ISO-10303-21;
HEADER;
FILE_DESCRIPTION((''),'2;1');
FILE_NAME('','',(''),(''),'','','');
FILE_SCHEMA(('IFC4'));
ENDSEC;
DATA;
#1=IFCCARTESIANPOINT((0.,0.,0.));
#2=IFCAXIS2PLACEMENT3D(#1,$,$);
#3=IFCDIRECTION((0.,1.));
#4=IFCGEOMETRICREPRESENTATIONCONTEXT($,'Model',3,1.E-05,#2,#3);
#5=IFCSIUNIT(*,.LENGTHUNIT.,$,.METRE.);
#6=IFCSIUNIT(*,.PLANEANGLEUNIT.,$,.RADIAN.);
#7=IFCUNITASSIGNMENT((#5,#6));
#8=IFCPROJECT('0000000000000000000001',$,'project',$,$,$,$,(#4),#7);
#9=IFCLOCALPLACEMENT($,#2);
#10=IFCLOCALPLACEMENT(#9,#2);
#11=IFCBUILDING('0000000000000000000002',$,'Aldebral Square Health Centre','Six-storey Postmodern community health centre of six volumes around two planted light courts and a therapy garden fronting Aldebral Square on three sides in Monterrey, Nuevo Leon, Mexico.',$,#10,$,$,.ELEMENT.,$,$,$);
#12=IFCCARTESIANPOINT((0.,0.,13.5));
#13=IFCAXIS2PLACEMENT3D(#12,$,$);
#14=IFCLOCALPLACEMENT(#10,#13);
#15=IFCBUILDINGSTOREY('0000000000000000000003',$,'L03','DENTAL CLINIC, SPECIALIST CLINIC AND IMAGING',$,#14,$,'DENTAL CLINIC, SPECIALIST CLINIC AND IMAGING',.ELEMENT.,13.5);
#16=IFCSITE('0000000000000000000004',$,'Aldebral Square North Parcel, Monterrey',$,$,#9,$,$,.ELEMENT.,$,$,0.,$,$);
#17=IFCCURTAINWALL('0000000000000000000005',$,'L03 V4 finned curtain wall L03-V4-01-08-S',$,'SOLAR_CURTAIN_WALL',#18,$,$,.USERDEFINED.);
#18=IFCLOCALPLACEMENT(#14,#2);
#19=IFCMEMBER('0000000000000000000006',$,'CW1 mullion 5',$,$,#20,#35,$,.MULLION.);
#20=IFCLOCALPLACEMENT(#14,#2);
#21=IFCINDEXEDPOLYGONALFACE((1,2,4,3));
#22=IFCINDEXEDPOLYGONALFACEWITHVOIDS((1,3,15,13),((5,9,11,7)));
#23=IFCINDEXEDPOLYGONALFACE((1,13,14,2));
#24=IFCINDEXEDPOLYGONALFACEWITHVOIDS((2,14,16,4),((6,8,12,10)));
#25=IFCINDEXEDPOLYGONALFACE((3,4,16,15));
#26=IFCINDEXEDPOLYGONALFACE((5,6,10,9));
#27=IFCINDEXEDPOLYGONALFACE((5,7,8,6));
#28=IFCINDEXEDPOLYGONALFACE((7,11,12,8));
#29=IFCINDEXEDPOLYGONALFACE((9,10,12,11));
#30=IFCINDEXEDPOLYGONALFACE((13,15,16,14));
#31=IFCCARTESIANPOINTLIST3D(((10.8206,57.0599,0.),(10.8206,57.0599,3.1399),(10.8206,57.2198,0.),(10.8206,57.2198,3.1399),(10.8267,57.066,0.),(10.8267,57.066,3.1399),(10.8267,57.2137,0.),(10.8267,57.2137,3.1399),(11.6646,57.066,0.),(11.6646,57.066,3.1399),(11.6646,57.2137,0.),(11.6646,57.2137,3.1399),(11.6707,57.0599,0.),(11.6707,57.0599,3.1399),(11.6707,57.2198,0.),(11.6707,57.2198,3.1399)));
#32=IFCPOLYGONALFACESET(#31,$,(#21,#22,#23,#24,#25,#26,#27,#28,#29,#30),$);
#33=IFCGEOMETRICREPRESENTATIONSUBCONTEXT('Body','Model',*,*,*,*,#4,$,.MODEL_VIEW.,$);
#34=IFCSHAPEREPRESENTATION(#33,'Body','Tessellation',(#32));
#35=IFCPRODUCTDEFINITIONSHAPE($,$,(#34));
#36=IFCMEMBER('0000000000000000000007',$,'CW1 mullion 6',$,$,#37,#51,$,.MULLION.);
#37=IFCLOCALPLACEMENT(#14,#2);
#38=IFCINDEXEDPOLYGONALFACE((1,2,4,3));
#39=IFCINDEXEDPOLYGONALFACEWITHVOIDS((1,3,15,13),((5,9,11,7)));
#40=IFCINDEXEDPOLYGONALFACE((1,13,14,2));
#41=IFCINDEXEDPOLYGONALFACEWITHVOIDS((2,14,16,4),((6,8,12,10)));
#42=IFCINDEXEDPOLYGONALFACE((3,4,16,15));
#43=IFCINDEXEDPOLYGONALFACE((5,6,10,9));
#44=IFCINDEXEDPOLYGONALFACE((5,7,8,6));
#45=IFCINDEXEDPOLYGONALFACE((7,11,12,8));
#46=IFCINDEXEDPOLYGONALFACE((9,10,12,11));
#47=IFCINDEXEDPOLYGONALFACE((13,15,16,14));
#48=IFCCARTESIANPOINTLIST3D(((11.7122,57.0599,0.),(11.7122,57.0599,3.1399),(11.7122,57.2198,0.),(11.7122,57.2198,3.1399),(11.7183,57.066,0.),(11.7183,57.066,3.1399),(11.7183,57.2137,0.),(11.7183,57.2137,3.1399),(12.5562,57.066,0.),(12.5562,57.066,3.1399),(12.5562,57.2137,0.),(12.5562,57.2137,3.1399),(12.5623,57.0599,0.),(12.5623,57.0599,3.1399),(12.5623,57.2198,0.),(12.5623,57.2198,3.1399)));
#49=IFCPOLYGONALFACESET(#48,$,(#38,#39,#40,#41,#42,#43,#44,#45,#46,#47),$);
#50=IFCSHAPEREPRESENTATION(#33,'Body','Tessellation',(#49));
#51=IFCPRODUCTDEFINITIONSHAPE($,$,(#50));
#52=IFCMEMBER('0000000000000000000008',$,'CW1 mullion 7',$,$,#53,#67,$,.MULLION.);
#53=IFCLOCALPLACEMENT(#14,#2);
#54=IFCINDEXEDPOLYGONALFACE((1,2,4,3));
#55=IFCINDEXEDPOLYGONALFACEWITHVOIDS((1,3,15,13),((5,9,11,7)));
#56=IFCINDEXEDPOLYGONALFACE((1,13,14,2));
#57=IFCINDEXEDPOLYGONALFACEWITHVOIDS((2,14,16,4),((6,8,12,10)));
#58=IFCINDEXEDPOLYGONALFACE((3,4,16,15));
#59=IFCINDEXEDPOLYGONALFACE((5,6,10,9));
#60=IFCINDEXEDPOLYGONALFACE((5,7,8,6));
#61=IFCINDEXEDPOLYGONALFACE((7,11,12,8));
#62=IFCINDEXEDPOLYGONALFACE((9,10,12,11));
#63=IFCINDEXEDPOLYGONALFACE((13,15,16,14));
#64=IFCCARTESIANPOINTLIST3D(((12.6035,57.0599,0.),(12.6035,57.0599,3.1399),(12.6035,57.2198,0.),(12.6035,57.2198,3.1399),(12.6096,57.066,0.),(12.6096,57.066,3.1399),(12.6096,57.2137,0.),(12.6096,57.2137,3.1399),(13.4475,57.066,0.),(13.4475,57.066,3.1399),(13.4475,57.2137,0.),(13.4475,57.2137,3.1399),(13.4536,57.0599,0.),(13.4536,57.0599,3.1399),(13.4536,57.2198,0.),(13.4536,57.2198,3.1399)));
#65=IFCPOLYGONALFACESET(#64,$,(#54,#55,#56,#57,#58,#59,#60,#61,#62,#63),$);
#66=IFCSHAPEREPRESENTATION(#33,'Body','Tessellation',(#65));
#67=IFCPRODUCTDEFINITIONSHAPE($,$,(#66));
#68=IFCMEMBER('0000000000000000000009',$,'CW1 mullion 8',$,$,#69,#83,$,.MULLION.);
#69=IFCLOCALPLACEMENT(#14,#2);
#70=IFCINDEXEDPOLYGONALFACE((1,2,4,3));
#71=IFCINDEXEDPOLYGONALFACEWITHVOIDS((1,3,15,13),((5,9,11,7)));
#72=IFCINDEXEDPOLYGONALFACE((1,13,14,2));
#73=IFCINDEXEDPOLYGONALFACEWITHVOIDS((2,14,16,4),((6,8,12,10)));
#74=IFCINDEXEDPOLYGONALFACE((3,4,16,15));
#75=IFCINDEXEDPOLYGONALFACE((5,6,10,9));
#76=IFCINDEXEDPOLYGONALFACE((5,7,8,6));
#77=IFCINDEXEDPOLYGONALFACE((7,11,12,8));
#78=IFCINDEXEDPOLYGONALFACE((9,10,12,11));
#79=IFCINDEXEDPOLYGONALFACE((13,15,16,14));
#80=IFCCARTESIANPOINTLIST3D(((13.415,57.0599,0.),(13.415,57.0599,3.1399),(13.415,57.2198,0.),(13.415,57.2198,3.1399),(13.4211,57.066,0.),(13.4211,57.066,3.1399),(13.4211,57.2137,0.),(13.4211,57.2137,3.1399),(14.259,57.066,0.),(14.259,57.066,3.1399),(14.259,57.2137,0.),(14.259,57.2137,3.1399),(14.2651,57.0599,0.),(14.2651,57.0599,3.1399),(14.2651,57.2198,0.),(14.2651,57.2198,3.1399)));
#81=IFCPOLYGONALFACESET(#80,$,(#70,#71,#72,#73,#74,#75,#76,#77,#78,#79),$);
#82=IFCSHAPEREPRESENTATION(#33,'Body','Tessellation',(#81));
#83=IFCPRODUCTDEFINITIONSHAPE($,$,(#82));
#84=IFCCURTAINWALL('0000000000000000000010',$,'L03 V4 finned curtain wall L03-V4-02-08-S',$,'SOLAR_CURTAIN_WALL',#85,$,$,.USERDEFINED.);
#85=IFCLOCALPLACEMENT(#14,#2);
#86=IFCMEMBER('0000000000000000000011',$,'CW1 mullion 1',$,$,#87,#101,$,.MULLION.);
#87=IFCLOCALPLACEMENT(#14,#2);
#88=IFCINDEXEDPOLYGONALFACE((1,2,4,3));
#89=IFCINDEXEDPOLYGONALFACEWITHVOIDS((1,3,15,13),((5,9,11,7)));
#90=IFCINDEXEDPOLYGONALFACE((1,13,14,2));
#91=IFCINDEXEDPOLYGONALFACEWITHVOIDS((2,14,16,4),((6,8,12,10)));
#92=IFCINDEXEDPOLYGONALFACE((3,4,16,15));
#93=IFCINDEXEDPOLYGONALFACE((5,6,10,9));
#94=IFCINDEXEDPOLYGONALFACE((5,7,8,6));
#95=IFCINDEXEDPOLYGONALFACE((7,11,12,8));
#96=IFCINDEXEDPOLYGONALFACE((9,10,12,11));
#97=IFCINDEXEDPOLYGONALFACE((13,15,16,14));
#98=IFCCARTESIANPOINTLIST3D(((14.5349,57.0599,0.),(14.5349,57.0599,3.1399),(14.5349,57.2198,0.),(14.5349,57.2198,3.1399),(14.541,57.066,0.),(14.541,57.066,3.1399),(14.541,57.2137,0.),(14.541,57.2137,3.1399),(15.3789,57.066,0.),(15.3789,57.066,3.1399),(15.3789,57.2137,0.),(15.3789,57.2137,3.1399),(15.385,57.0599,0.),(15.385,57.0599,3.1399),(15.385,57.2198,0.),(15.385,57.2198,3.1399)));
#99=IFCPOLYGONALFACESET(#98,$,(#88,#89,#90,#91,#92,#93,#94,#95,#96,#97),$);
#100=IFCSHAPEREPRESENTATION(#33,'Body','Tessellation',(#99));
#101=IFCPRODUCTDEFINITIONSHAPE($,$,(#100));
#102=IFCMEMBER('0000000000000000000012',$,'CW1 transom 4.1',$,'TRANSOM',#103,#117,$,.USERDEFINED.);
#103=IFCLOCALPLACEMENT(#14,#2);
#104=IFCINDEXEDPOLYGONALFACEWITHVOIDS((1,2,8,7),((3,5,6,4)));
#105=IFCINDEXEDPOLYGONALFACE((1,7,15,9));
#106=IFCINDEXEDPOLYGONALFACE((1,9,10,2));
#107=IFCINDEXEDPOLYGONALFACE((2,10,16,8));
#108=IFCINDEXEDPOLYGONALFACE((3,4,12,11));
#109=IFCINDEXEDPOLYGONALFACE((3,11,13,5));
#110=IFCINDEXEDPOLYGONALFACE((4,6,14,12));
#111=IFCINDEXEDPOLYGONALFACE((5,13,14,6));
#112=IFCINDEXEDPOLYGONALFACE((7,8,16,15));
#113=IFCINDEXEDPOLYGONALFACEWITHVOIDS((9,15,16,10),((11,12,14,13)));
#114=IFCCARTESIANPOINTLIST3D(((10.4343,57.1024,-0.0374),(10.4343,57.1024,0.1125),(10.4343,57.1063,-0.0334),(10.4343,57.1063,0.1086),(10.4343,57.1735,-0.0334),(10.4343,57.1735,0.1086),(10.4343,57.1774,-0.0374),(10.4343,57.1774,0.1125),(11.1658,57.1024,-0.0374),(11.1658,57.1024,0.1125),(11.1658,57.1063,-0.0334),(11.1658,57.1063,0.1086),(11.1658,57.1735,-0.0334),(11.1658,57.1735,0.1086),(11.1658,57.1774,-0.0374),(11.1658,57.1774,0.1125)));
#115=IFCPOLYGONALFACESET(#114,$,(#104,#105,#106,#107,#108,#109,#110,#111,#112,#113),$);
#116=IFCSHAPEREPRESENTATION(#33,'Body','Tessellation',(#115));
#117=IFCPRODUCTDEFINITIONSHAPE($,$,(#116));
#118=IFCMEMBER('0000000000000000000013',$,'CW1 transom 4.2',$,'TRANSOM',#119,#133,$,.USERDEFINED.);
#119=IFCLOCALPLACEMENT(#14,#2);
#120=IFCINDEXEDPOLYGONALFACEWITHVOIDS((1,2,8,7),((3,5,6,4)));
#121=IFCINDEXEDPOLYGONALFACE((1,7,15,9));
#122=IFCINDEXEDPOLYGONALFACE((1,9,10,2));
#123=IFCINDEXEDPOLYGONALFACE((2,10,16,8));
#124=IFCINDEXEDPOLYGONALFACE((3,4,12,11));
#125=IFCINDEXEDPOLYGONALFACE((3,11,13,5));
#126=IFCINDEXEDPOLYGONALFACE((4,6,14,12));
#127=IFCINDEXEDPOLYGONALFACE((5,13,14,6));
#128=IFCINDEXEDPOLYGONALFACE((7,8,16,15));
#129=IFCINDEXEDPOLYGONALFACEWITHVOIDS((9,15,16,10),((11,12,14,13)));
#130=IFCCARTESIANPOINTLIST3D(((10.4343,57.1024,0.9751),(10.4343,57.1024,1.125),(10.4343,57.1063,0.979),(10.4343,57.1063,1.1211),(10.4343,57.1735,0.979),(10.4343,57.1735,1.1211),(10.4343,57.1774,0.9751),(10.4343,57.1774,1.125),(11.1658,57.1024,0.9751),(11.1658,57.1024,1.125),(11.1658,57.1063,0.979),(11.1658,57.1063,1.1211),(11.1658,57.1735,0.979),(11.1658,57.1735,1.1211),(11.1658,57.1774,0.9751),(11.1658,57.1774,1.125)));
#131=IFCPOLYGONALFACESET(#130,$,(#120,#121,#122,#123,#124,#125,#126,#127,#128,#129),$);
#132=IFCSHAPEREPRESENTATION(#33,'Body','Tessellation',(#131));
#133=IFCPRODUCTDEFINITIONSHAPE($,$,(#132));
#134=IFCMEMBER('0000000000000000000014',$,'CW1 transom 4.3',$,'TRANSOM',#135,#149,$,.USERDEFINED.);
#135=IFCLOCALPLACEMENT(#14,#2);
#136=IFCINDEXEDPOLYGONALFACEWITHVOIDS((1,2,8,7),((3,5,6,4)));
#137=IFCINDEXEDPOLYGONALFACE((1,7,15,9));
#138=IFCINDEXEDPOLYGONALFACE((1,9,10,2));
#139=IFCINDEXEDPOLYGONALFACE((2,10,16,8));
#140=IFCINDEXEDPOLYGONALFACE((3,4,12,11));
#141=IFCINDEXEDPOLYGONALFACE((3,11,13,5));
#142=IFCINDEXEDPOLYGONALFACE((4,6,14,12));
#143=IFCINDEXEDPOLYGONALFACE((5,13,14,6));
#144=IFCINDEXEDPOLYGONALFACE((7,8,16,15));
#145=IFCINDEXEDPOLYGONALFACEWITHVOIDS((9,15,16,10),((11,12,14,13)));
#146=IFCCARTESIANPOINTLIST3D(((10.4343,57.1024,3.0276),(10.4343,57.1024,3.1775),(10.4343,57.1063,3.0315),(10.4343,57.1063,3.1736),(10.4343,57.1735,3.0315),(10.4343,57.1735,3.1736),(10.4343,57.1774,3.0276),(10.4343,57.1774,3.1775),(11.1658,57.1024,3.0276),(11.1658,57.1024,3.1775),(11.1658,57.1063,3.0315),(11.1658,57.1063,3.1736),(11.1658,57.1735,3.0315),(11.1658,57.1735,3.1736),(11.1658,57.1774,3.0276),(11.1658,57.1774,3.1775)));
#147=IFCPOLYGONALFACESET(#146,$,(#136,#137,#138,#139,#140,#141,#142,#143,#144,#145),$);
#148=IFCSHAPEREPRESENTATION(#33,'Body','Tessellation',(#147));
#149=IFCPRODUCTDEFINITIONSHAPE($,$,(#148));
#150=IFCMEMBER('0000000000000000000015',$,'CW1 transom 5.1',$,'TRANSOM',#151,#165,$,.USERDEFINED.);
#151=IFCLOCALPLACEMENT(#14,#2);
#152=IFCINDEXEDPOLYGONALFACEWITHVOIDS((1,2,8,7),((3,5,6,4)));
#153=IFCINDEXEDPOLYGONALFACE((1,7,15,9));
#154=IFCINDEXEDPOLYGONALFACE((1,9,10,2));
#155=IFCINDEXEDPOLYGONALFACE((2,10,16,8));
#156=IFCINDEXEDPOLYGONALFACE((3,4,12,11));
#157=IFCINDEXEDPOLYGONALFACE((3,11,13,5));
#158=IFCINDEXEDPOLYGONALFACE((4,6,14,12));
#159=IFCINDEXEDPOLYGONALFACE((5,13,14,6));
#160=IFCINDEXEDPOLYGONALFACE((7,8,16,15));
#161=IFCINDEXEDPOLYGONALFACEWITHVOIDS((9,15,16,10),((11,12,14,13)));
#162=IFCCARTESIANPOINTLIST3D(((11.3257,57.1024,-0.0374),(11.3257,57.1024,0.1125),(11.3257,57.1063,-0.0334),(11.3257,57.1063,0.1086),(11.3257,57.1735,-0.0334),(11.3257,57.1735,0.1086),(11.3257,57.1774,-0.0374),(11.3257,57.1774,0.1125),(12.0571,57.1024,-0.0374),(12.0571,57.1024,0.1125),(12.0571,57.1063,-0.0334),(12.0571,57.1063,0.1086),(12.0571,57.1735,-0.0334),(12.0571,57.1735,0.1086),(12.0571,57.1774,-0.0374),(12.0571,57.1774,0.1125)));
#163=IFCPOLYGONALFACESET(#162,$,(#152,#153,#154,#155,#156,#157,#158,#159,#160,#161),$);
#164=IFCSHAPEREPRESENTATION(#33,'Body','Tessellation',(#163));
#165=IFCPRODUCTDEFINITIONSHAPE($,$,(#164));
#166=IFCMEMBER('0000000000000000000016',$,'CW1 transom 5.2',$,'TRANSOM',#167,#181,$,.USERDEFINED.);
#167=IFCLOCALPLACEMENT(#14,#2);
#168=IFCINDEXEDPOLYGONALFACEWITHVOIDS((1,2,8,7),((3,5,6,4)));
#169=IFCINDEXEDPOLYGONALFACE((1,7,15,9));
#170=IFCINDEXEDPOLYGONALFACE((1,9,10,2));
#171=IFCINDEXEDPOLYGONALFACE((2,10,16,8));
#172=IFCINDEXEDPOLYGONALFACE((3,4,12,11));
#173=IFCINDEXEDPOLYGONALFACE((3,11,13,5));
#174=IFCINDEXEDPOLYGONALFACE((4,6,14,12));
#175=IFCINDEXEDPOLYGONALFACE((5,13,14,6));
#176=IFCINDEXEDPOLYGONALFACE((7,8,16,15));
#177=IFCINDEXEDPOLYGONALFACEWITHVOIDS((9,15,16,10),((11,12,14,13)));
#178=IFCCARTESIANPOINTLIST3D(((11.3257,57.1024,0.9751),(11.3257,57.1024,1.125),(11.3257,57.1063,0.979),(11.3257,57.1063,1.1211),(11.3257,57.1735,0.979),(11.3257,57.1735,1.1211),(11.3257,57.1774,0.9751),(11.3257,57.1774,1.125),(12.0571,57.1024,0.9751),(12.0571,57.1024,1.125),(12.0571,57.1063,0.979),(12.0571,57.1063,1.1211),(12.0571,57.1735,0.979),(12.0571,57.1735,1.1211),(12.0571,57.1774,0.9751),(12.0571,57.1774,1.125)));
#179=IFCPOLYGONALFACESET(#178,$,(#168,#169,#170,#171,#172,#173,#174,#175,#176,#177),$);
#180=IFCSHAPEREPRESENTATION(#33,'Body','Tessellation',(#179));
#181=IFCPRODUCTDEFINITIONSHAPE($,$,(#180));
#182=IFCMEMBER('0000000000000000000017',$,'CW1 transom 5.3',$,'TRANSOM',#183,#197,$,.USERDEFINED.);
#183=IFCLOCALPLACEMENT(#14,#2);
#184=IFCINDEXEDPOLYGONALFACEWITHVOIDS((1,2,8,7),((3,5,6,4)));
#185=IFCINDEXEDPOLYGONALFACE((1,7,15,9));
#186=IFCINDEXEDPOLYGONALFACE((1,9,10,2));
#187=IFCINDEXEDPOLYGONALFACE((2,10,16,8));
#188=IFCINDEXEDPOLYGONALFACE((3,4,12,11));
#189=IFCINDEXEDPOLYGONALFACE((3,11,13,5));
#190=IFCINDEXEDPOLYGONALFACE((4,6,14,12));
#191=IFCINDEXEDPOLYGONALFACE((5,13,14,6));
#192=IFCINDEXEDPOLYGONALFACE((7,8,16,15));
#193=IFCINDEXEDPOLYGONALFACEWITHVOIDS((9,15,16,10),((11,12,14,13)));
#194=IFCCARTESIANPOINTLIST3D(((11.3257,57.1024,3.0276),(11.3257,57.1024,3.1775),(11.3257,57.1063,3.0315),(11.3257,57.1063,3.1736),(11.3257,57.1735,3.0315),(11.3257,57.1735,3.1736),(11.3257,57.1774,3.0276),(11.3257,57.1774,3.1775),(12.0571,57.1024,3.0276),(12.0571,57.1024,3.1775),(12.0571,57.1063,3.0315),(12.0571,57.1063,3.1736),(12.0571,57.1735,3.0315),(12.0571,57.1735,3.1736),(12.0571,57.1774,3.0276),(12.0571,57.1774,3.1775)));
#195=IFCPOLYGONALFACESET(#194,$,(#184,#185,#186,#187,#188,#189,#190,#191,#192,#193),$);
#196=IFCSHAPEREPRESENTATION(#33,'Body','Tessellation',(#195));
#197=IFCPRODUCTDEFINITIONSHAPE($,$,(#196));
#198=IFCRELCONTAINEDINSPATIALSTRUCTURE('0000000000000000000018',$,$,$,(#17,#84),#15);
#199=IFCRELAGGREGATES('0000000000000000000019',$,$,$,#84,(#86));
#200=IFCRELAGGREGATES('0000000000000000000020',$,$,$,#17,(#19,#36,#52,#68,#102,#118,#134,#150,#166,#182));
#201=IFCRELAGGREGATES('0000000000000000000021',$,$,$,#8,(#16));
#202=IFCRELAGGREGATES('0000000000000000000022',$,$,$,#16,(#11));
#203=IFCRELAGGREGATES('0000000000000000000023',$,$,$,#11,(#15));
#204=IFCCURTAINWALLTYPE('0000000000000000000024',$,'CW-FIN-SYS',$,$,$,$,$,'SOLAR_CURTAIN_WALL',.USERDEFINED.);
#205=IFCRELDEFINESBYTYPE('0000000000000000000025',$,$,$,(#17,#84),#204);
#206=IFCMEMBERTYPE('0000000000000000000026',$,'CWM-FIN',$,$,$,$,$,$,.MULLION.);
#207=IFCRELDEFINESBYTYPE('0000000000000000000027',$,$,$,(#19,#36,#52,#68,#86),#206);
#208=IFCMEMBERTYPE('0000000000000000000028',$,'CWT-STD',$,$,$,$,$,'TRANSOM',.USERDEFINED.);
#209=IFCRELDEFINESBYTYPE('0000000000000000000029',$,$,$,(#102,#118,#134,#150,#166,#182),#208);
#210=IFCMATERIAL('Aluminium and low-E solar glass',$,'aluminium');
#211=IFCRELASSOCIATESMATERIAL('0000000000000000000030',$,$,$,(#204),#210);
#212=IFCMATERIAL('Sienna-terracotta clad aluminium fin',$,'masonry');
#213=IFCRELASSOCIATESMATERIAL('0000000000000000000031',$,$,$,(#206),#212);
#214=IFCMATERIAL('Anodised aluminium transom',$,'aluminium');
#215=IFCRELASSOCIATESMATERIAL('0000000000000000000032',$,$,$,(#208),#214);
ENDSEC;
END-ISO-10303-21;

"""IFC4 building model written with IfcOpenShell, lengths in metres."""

from ifc_helpers import new_model, si_unit, direction, frame, origin, origin_2d, place, context, subcontext, project, spatial, hollow_rectangle, extrude, material, material_profile, profile_set, type_object, element, aggregate, save


model = new_model("IFC4")

# Units and contexts
model_context = context("Model", 3, precision=1e-05, world=origin(), true_north=direction((0.0, 1.0)))
body_context = subcontext(model_context, "Body", "Model", "MODEL_VIEW")
ifc_project = project(units=[si_unit("LENGTHUNIT", "METRE"), si_unit("PLANEANGLEUNIT", "RADIAN")], contexts=[model_context])

# Site, building, storey
site_placement = place(None, origin())
site = spatial("IfcSite", under=ifc_project, at=site_placement, Name="Aldebral Square North Parcel, Monterrey", CompositionType="ELEMENT", RefElevation=0.0)
building_placement = place(site_placement, origin())
building = spatial("IfcBuilding", under=site, at=building_placement, Name="Aldebral Square Health Centre", Description="Six-storey Postmodern community health centre of six volumes around two planted light courts and a therapy garden fronting Aldebral Square on three sides in Monterrey, Nuevo Leon, Mexico.", CompositionType="ELEMENT")
storey_placement = place(building_placement, frame((0.0, 0.0, 13.5)))
storey = spatial("IfcBuildingStorey", under=building, at=storey_placement, Name="L03", Description="DENTAL CLINIC, SPECIALIST CLINIC AND IMAGING", LongName="DENTAL CLINIC, SPECIALIST CLINIC AND IMAGING", CompositionType="ELEMENT", Elevation=13.5)

# Curtain wall, members
ifc_material_1 = material(Name="Aluminium and low-E solar glass", Category="aluminium")
curtain_wall_type = type_object("IfcCurtainWallType", Name="CW-FIN-SYS", ElementType="SOLAR_CURTAIN_WALL", PredefinedType="USERDEFINED", material=ifc_material_1)
curtain_wall_1_placement = place(storey_placement, origin())
curtain_wall_1 = element("IfcCurtainWall", 1, at=curtain_wall_1_placement, inside=storey, type_object=curtain_wall_type, Name="L03 V4 finned curtain wall L03-V4-01-08-S", ObjectType="SOLAR_CURTAIN_WALL", PredefinedType="USERDEFINED")
ifc_material_2 = material(Name="Sienna-terracotta clad aluminium fin", Category="masonry")
ifc_material_profile_1 = material_profile(ifc_material_2, hollow_rectangle(XDim=0.1599, YDim=0.8501, WallThickness=0.0061, at=origin_2d()), Name="FIN 160x850x6")
ifc_profile_set_1 = profile_set([ifc_material_profile_1], Name="Sienna-terracotta clad aluminium fin")
member_type_1 = type_object("IfcMemberType", Name="CWM-FIN", PredefinedType="MULLION", material=ifc_profile_set_1)
member_1_placement = place(storey_placement, frame((11.2456, 57.1399, 0.0), z_axis=(0.0, 0.0, 1.0), x_axis=(0.0, 1.0, 0.0)))
member_1 = element("IfcMember", 2, at=member_1_placement, type_object=member_type_1, Name="CW1 mullion 5", PredefinedType="MULLION", context=body_context, shape_type="SweptSolid", body=[
    extrude(hollow_rectangle(XDim=0.1599, YDim=0.8501, WallThickness=0.0061, at=origin_2d()), origin(), (0.0, 0.0, 1.0), 3.1399),
])
member_2_placement = place(storey_placement, frame((12.1372, 57.1399, 0.0), z_axis=(0.0, 0.0, 1.0), x_axis=(0.0, 1.0, 0.0)))
member_2 = element("IfcMember", 3, at=member_2_placement, type_object=member_type_1, Name="CW1 mullion 6", PredefinedType="MULLION", context=body_context, shape_type="SweptSolid", body=[
    extrude(hollow_rectangle(XDim=0.1599, YDim=0.8501, WallThickness=0.0061, at=origin_2d()), origin(), (0.0, 0.0, 1.0), 3.1399),
])
member_3_placement = place(storey_placement, frame((13.0286, 57.1399, 0.0), z_axis=(0.0, 0.0, 1.0), x_axis=(0.0, 1.0, 0.0)))
member_3 = element("IfcMember", 4, at=member_3_placement, type_object=member_type_1, Name="CW1 mullion 7", PredefinedType="MULLION", context=body_context, shape_type="SweptSolid", body=[
    extrude(hollow_rectangle(XDim=0.1599, YDim=0.8501, WallThickness=0.0061, at=origin_2d()), origin(), (0.0, 0.0, 1.0), 3.1399),
])
member_4_placement = place(storey_placement, frame((13.8401, 57.1399, 0.0), z_axis=(0.0, 0.0, 1.0), x_axis=(0.0, 1.0, 0.0)))
member_4 = element("IfcMember", 5, at=member_4_placement, type_object=member_type_1, Name="CW1 mullion 8", PredefinedType="MULLION", context=body_context, shape_type="SweptSolid", body=[
    extrude(hollow_rectangle(XDim=0.1599, YDim=0.8501, WallThickness=0.0061, at=origin_2d()), origin(), (0.0, 0.0, 1.0), 3.1399),
])

# Curtain wall, member
curtain_wall_2_placement = place(storey_placement, origin())
curtain_wall_2 = element("IfcCurtainWall", 6, at=curtain_wall_2_placement, inside=storey, type_object=curtain_wall_type, Name="L03 V4 finned curtain wall L03-V4-02-08-S", ObjectType="SOLAR_CURTAIN_WALL", PredefinedType="USERDEFINED")
member_5_placement = place(storey_placement, frame((14.96, 57.1399, 0.0), z_axis=(0.0, 0.0, 1.0), x_axis=(0.0, 1.0, 0.0)))
member_5 = element("IfcMember", 7, at=member_5_placement, type_object=member_type_1, Name="CW1 mullion 1", PredefinedType="MULLION", context=body_context, shape_type="SweptSolid", body=[
    extrude(hollow_rectangle(XDim=0.1599, YDim=0.8501, WallThickness=0.0061, at=origin_2d()), origin(), (0.0, 0.0, 1.0), 3.1399),
])

# Members
ifc_material_3 = material(Name="Anodised aluminium transom", Category="aluminium")
ifc_material_profile_2 = material_profile(ifc_material_3, hollow_rectangle(XDim=0.075, YDim=0.1499, WallThickness=0.0039, at=origin_2d()), Name="CWT 75x150x4")
ifc_profile_set_2 = profile_set([ifc_material_profile_2], Name="Anodised aluminium transom")
member_type_2 = type_object("IfcMemberType", Name="CWT-STD", ElementType="TRANSOM", PredefinedType="USERDEFINED", material=ifc_profile_set_2)
member_6_placement = place(storey_placement, frame((10.4343, 57.1399, 0.0376), z_axis=(1.0, 0.0, 0.0), x_axis=(0.0, 1.0, 0.0)))
member_6 = element("IfcMember", 8, at=member_6_placement, type_object=member_type_2, Name="CW1 transom 4.1", ObjectType="TRANSOM", PredefinedType="USERDEFINED", context=body_context, shape_type="SweptSolid", body=[
    extrude(hollow_rectangle(XDim=0.075, YDim=0.1499, WallThickness=0.0039, at=origin_2d()), origin(), (0.0, 0.0, 1.0), 0.7314),
])
member_7_placement = place(storey_placement, frame((10.4343, 57.1399, 1.05), z_axis=(1.0, 0.0, 0.0), x_axis=(0.0, 1.0, 0.0)))
member_7 = element("IfcMember", 9, at=member_7_placement, type_object=member_type_2, Name="CW1 transom 4.2", ObjectType="TRANSOM", PredefinedType="USERDEFINED", context=body_context, shape_type="SweptSolid", body=[
    extrude(hollow_rectangle(XDim=0.075, YDim=0.1499, WallThickness=0.0039, at=origin_2d()), origin(), (0.0, 0.0, 1.0), 0.7314),
])
member_8_placement = place(storey_placement, frame((10.4343, 57.1399, 3.1025), z_axis=(1.0, 0.0, 0.0), x_axis=(0.0, 1.0, 0.0)))
member_8 = element("IfcMember", 10, at=member_8_placement, type_object=member_type_2, Name="CW1 transom 4.3", ObjectType="TRANSOM", PredefinedType="USERDEFINED", context=body_context, shape_type="SweptSolid", body=[
    extrude(hollow_rectangle(XDim=0.075, YDim=0.1499, WallThickness=0.0039, at=origin_2d()), origin(), (0.0, 0.0, 1.0), 0.7314),
])
member_9_placement = place(storey_placement, frame((11.3257, 57.1399, 0.0376), z_axis=(1.0, 0.0, 0.0), x_axis=(0.0, 1.0, 0.0)))
member_9 = element("IfcMember", 11, at=member_9_placement, type_object=member_type_2, Name="CW1 transom 5.1", ObjectType="TRANSOM", PredefinedType="USERDEFINED", context=body_context, shape_type="SweptSolid", body=[
    extrude(hollow_rectangle(XDim=0.075, YDim=0.1499, WallThickness=0.0039, at=origin_2d()), origin(), (0.0, 0.0, 1.0), 0.7314),
])
member_10_placement = place(storey_placement, frame((11.3257, 57.1399, 1.05), z_axis=(1.0, 0.0, 0.0), x_axis=(0.0, 1.0, 0.0)))
member_10 = element("IfcMember", 12, at=member_10_placement, type_object=member_type_2, Name="CW1 transom 5.2", ObjectType="TRANSOM", PredefinedType="USERDEFINED", context=body_context, shape_type="SweptSolid", body=[
    extrude(hollow_rectangle(XDim=0.075, YDim=0.1499, WallThickness=0.0039, at=origin_2d()), origin(), (0.0, 0.0, 1.0), 0.7314),
])
member_11_placement = place(storey_placement, frame((11.3257, 57.1399, 3.1025), z_axis=(1.0, 0.0, 0.0), x_axis=(0.0, 1.0, 0.0)))
member_11 = element("IfcMember", 13, at=member_11_placement, type_object=member_type_2, Name="CW1 transom 5.3", ObjectType="TRANSOM", PredefinedType="USERDEFINED", context=body_context, shape_type="SweptSolid", body=[
    extrude(hollow_rectangle(XDim=0.075, YDim=0.1499, WallThickness=0.0039, at=origin_2d()), origin(), (0.0, 0.0, 1.0), 0.7314),
])
aggregate(curtain_wall_2, [member_5])

aggregate(curtain_wall_1, [member_1, member_2, member_3, member_4, member_6, member_7, member_8, member_9, member_10, member_11])

save(model, "model.ifc")
